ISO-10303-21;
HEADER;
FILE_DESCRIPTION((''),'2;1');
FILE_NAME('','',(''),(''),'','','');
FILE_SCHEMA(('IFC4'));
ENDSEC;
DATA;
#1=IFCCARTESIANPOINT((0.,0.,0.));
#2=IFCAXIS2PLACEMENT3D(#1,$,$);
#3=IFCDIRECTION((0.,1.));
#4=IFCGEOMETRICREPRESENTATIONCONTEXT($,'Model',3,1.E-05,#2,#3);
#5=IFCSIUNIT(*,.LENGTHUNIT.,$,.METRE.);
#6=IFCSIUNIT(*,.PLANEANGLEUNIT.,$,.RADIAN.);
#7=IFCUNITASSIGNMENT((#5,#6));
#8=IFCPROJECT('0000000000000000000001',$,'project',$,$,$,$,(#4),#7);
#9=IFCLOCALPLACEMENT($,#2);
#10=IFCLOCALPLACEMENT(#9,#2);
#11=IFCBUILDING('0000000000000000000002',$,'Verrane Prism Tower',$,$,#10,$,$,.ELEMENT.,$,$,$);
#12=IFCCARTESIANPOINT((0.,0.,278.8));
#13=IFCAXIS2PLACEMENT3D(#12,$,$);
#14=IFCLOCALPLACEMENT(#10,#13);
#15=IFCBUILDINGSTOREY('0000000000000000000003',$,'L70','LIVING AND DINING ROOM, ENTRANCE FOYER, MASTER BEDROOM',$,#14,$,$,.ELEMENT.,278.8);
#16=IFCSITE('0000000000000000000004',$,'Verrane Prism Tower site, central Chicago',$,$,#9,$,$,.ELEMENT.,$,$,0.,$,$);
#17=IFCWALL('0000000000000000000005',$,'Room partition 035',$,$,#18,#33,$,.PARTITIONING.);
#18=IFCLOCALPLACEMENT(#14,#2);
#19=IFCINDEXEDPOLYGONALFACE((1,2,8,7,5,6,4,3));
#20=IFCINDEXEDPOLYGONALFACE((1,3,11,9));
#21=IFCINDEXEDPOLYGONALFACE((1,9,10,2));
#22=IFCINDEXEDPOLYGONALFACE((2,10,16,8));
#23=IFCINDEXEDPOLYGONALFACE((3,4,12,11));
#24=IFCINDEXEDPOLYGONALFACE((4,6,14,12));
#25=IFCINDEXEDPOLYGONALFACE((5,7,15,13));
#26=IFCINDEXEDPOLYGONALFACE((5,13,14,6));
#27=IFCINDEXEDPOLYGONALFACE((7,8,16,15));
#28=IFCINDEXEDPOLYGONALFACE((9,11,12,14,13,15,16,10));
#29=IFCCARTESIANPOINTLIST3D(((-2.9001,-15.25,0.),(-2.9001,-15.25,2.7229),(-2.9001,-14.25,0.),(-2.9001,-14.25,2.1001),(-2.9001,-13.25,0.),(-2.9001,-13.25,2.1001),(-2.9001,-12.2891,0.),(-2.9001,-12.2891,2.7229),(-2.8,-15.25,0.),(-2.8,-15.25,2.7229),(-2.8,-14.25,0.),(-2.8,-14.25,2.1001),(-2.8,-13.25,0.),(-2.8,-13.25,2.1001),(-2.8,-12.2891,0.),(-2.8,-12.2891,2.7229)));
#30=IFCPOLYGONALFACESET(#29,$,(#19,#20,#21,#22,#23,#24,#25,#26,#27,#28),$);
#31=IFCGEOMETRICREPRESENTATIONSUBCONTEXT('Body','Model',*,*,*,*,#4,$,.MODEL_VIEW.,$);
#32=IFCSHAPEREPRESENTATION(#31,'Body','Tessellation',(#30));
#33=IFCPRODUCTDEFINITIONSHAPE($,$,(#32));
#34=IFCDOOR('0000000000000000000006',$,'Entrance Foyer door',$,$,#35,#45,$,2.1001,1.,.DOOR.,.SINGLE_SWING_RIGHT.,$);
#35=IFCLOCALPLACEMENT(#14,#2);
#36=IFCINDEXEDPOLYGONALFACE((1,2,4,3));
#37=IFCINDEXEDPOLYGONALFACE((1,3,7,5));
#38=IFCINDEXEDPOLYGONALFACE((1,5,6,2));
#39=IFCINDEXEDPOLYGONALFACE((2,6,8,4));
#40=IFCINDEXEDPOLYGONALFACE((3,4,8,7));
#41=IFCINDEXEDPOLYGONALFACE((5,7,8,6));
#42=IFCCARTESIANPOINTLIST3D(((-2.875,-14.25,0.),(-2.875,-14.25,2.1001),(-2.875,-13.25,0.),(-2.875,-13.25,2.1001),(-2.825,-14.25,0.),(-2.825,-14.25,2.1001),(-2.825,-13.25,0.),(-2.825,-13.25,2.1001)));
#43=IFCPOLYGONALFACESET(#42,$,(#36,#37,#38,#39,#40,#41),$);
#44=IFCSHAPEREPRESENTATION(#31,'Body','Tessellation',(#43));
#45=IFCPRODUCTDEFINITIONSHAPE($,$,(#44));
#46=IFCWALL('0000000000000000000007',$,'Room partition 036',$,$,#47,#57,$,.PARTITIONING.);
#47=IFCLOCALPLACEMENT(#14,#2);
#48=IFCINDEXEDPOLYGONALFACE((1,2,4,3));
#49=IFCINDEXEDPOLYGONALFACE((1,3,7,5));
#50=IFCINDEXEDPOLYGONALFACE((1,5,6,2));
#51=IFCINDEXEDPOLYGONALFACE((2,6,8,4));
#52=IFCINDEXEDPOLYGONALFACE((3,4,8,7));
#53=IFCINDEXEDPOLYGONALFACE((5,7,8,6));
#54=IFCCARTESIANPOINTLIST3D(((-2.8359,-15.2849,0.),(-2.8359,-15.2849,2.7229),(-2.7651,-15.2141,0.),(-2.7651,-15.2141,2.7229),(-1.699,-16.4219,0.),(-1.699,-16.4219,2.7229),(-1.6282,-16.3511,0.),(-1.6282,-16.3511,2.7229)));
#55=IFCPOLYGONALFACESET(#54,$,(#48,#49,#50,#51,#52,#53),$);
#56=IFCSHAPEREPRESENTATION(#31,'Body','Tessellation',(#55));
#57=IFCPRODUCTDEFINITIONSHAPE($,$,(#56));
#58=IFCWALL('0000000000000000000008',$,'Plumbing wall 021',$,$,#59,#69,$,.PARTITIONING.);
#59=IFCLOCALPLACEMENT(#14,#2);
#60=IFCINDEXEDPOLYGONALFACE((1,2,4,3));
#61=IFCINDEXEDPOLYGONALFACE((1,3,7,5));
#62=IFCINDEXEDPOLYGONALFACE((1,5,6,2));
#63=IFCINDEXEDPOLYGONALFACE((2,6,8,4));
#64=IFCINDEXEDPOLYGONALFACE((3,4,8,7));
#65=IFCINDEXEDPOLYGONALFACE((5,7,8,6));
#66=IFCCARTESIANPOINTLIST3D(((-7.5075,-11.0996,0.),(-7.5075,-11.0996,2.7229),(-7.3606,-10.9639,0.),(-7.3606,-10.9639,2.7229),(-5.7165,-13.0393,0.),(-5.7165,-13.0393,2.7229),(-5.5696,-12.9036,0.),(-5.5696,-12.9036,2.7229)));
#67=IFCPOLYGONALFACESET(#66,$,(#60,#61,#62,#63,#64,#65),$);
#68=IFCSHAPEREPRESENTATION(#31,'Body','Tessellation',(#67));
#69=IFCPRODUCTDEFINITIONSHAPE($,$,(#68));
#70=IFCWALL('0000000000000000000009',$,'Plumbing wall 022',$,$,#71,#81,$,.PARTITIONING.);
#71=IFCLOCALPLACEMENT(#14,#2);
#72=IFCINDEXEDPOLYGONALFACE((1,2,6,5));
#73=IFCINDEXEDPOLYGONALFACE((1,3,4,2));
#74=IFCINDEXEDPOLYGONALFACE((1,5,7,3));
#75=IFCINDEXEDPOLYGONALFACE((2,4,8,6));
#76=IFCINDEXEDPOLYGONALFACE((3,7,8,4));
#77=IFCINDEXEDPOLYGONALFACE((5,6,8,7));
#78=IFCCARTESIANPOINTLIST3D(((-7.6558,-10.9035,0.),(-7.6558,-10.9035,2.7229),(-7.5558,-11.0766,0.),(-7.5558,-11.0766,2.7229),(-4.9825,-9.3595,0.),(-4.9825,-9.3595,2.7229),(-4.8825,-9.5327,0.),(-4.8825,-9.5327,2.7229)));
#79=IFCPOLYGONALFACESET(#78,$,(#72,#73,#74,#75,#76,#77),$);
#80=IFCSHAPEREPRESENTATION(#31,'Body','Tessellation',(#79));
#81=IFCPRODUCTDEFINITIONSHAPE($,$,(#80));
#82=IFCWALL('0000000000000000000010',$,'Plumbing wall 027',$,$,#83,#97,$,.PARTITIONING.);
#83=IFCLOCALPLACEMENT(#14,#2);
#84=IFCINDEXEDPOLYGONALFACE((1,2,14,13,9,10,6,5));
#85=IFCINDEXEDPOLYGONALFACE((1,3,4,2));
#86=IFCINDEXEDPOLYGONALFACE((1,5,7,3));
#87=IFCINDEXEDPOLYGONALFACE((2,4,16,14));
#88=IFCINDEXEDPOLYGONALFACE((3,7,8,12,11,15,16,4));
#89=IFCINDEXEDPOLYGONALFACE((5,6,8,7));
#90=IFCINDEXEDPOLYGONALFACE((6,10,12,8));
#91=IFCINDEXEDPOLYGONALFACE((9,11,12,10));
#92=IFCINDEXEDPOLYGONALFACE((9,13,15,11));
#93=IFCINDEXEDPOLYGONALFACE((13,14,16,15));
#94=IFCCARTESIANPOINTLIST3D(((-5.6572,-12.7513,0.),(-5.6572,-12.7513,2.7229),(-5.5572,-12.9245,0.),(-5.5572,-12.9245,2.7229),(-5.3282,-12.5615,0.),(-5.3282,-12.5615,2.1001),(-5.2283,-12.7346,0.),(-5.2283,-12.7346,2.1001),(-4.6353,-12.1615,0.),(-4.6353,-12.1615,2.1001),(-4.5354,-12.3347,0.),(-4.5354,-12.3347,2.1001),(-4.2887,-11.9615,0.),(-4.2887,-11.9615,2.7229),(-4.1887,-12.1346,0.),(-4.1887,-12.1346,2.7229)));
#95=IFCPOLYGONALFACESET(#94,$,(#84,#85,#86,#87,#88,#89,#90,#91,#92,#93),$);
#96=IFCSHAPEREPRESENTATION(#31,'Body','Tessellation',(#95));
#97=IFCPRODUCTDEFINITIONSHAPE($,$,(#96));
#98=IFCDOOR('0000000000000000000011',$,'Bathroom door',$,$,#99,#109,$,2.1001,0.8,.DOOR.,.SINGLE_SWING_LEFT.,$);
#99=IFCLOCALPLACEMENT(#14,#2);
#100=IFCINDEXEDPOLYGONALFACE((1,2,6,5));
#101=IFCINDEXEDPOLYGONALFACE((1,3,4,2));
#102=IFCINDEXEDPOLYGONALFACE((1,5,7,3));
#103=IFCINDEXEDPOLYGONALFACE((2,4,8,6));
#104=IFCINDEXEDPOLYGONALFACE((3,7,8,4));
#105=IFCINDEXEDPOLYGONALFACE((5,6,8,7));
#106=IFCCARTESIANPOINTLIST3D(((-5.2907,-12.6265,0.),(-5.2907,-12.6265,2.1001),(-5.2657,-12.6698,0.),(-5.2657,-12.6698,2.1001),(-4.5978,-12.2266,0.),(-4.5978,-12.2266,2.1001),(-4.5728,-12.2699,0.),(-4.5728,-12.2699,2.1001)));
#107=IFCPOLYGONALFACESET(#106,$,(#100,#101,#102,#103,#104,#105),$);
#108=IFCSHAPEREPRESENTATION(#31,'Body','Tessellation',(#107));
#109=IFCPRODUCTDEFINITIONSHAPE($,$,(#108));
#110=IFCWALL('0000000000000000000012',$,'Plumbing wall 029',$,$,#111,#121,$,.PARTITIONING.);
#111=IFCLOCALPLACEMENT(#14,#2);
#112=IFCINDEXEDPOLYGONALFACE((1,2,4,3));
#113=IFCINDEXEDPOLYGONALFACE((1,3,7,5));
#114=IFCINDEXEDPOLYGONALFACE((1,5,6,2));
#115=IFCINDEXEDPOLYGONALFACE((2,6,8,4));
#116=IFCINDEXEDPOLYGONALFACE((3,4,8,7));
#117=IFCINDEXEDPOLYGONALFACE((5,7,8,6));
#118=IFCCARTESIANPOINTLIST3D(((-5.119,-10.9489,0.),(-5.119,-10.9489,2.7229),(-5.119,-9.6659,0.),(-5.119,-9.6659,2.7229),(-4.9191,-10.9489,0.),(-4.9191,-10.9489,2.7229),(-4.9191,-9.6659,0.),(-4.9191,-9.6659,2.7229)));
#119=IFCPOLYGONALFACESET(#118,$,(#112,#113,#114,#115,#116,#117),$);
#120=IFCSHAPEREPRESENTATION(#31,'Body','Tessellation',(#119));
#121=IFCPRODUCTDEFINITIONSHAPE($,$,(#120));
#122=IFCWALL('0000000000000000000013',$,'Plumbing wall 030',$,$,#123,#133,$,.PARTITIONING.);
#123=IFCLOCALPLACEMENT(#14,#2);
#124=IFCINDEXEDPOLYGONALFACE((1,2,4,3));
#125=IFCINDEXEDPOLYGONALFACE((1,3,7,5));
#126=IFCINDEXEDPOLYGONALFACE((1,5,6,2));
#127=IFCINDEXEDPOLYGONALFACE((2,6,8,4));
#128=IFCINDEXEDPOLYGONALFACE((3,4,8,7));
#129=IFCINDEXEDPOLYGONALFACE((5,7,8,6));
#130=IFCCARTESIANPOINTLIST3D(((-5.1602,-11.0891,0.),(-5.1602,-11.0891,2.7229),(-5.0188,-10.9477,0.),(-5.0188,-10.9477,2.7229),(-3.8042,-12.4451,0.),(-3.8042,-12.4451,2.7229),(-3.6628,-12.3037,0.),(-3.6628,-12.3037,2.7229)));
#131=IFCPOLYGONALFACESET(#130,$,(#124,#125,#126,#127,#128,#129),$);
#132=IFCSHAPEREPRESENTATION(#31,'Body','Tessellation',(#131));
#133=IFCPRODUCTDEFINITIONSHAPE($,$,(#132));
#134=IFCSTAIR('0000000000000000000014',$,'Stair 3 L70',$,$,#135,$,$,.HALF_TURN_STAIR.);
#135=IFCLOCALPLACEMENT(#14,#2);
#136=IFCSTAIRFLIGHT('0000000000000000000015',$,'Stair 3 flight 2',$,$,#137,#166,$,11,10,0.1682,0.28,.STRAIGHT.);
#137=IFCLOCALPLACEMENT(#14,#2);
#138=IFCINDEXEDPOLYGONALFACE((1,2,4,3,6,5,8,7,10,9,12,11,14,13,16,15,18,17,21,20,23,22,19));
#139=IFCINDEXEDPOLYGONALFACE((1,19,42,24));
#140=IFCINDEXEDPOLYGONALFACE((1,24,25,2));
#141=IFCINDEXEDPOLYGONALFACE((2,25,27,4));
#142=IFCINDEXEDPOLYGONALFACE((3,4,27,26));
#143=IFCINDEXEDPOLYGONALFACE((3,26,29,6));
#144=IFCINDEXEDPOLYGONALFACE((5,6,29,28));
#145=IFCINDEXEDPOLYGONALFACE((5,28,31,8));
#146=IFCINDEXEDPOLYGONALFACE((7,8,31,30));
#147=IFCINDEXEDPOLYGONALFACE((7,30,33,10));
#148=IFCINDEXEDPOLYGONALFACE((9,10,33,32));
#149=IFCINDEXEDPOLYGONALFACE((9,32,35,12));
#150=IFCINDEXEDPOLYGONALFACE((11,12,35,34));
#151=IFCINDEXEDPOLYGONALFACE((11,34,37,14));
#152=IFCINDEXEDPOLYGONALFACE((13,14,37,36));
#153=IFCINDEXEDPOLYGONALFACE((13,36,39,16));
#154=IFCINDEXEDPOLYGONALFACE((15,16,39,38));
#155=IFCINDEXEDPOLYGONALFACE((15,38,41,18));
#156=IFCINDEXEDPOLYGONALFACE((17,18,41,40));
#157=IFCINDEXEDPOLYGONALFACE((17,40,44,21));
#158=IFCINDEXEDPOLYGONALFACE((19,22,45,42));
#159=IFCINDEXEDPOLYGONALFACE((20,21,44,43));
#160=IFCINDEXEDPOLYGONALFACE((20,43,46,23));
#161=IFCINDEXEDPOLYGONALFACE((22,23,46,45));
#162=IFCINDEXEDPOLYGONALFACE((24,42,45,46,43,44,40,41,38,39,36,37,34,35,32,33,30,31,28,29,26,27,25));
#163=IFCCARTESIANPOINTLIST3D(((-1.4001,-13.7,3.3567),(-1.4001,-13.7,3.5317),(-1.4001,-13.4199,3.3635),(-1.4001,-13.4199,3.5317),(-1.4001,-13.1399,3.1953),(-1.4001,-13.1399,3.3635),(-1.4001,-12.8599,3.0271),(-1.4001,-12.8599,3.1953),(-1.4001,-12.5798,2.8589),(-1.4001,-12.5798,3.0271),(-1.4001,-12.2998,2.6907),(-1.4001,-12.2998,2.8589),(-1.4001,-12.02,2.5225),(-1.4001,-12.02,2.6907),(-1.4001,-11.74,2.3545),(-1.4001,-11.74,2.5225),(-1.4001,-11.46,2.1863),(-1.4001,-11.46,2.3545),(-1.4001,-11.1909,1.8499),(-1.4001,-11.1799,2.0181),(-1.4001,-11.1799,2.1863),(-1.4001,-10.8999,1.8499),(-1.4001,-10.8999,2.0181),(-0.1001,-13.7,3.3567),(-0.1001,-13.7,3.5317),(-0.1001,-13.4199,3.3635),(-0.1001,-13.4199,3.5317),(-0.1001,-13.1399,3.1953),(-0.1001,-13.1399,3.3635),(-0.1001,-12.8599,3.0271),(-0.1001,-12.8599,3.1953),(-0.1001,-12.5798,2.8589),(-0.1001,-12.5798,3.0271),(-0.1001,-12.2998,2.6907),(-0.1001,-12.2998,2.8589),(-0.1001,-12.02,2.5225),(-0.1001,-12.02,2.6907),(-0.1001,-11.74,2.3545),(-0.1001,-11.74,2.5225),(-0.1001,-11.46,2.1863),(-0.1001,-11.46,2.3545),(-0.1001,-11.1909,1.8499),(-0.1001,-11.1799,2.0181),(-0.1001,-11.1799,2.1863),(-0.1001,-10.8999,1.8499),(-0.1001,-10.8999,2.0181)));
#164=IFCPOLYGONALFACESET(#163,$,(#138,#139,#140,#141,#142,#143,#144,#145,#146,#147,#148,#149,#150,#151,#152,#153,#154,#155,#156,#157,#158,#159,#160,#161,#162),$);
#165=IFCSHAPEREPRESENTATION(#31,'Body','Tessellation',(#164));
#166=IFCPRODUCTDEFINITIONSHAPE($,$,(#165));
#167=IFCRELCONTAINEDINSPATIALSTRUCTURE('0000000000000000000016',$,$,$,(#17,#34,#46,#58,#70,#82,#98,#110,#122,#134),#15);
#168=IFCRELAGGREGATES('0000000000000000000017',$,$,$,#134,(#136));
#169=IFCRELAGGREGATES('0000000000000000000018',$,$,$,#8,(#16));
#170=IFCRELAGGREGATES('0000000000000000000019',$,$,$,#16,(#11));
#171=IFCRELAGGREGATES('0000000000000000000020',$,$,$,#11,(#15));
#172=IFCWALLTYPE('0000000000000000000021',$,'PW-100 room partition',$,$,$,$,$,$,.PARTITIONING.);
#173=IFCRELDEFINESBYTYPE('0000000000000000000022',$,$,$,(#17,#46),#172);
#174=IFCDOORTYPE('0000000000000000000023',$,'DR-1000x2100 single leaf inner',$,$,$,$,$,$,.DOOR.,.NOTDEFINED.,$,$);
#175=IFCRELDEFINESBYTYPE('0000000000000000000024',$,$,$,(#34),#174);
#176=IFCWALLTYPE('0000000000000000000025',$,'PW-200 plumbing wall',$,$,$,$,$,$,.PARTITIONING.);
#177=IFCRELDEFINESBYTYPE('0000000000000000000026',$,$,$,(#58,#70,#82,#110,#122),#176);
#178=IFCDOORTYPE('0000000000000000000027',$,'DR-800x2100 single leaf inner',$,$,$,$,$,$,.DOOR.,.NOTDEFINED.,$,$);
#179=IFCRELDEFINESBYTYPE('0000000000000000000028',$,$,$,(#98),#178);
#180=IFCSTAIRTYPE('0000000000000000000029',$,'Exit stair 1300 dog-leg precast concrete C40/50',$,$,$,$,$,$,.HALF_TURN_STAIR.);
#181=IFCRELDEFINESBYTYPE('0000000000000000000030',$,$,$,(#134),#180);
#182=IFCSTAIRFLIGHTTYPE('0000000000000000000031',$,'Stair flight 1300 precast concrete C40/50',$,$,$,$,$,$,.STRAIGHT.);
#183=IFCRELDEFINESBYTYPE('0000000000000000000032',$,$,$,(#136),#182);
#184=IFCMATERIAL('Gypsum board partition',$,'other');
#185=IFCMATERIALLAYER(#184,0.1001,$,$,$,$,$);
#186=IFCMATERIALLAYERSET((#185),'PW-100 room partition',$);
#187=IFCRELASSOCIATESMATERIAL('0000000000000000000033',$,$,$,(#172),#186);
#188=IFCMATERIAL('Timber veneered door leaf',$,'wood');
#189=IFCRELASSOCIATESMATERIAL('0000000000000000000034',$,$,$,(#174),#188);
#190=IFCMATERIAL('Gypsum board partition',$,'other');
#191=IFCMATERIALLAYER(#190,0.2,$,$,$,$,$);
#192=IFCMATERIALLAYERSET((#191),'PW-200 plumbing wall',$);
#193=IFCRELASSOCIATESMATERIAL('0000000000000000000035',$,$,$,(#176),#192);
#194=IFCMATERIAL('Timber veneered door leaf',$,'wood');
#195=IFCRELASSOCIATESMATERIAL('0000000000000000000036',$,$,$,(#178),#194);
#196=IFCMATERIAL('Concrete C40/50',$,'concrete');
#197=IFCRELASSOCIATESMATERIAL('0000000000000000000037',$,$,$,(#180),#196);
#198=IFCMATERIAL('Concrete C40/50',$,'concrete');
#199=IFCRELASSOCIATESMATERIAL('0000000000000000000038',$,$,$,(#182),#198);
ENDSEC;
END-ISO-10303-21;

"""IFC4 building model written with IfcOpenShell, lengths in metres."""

from ifc_helpers import new_model, si_unit, direction, frame, frame_2d, origin, place, context, subcontext, project, spatial, polyline, rectangle, outline, extrude, material, layer, layer_set, type_object, element, fill, aggregate, save


model = new_model("IFC4")

# Units and contexts
model_context = context("Model", 3, precision=1e-05, world=origin(), true_north=direction((0.0, 1.0)))
body_context = subcontext(model_context, "Body", "Model", "MODEL_VIEW")
ifc_project = project(units=[si_unit("LENGTHUNIT", "METRE"), si_unit("PLANEANGLEUNIT", "RADIAN")], contexts=[model_context])

# Site, building, storey
site_placement = place(None, origin())
site = spatial("IfcSite", under=ifc_project, at=site_placement, Name="Verrane Prism Tower site, central Chicago", CompositionType="ELEMENT", RefElevation=0.0)
building_placement = place(site_placement, origin())
building = spatial("IfcBuilding", under=site, at=building_placement, Name="Verrane Prism Tower", CompositionType="ELEMENT")
storey_placement = place(building_placement, frame((0.0, 0.0, 278.8)))
storey = spatial("IfcBuildingStorey", under=building, at=storey_placement, Name="L70", Description="LIVING AND DINING ROOM, ENTRANCE FOYER, MASTER BEDROOM", CompositionType="ELEMENT", Elevation=278.8)

# Shared definitions
ifc_material_1 = material(Name="Gypsum board partition", Category="other")
ifc_layer_1 = layer(ifc_material_1, 0.1001)
ifc_layer_set_1 = layer_set([ifc_layer_1], Name="PW-100 room partition")
wall_type_1 = type_object("IfcWallType", Name="PW-100 room partition", PredefinedType="PARTITIONING", material=ifc_layer_set_1)

# Wall, opening, door
wall_1_placement = place(storey_placement, frame((-2.8501, -15.25, 0.0), z_axis=(0.0, 0.0, 1.0), x_axis=(0.0, 1.0, 0.0)))
wall_1 = element("IfcWall", 1, at=wall_1_placement, inside=storey, type_object=wall_type_1, Name="Room partition 035", PredefinedType="PARTITIONING", context=body_context, shape_type="SweptSolid", body=[
    extrude(rectangle(XDim=2.9609, YDim=0.1001, at=frame_2d((1.4805, 0.0))), origin(), (0.0, 0.0, 1.0), 2.7229),
])
opening_1_placement = place(wall_1_placement, frame((1.0, 0.0, 0.0)))
opening_1 = element("IfcOpeningElement", 2, at=opening_1_placement, cuts=wall_1, PredefinedType="OPENING", context=body_context, shape_type="SweptSolid", body=[
    extrude(rectangle(XDim=1.0, YDim=2.1001, at=frame_2d((0.5, 1.05))), frame((0.0, 0.0601, 0.0), z_axis=(0.0, -1.0, 0.0), x_axis=(1.0, 0.0, 0.0)), (0.0, 0.0, 1.0), 0.1201),
])
ifc_material_2 = material(Name="Timber veneered door leaf", Category="wood")
door_type_1 = type_object("IfcDoorType", Name="DR-1000x2100 single leaf inner", OperationType="NOTDEFINED", PredefinedType="DOOR", material=ifc_material_2)
door_1_placement = place(opening_1_placement, origin())
door_1 = element("IfcDoor", 3, at=door_1_placement, inside=storey, type_object=door_type_1, Name="Entrance Foyer door", OperationType="SINGLE_SWING_RIGHT", OverallHeight=2.1001, OverallWidth=1.0, PredefinedType="DOOR", context=body_context, shape_type="SweptSolid", body=[
    extrude(rectangle(XDim=1.0, YDim=2.1001, at=frame_2d((0.5, 1.05))), frame((0.0, 0.0249, 0.0), z_axis=(0.0, -1.0, 0.0), x_axis=(1.0, 0.0, 0.0)), (0.0, 0.0, 1.0), 0.05),
])
fill(opening_1, door_1)

# Walls
wall_2_placement = place(storey_placement, frame((-2.8005, -15.2495, 0.0), z_axis=(0.0, 0.0, 1.0), x_axis=(0.707107, -0.707107, 0.0)))
element("IfcWall", 4, at=wall_2_placement, inside=storey, type_object=wall_type_1, Name="Room partition 036", PredefinedType="PARTITIONING", context=body_context, shape_type="SweptSolid", body=[
    extrude(rectangle(XDim=1.6079, YDim=0.1001, at=frame_2d((0.804, 0.0))), origin(), (0.0, 0.0, 1.0), 2.7229),
])
ifc_material_3 = material(Name="Gypsum board partition", Category="other")
ifc_layer_2 = layer(ifc_material_3, 0.2)
ifc_layer_set_2 = layer_set([ifc_layer_2], Name="PW-200 plumbing wall")
wall_type_2 = type_object("IfcWallType", Name="PW-200 plumbing wall", PredefinedType="PARTITIONING", material=ifc_layer_set_2)
wall_3_placement = place(storey_placement, frame((-7.4341, -11.0317, 0.0), z_axis=(0.0, 0.0, 1.0), x_axis=(0.678388, -0.734704, 0.0)))
element("IfcWall", 5, at=wall_3_placement, inside=storey, type_object=wall_type_2, Name="Plumbing wall 021", PredefinedType="PARTITIONING", context=body_context, shape_type="SweptSolid", body=[
    extrude(rectangle(XDim=2.6401, YDim=0.2, at=frame_2d((1.3201, 0.0))), origin(), (0.0, 0.0, 1.0), 2.7229),
])
wall_4_placement = place(storey_placement, frame((-7.6057, -10.99, 0.0), z_axis=(0.0, 0.0, 1.0), x_axis=(0.865956, 0.500119, 0.0)))
element("IfcWall", 6, at=wall_4_placement, inside=storey, type_object=wall_type_2, Name="Plumbing wall 022", PredefinedType="PARTITIONING", context=body_context, shape_type="SweptSolid", body=[
    extrude(rectangle(XDim=3.0872, YDim=0.2, at=frame_2d((1.5435, 0.0))), origin(), (0.0, 0.0, 1.0), 2.7229),
])

# Wall, opening, door
wall_5_placement = place(storey_placement, frame((-5.6072, -12.8379, 0.0), z_axis=(0.0, 0.0, 1.0), x_axis=(0.866096, 0.499879, 0.0)))
wall_5 = element("IfcWall", 7, at=wall_5_placement, inside=storey, type_object=wall_type_2, Name="Plumbing wall 027", PredefinedType="PARTITIONING", context=body_context, shape_type="SweptSolid", body=[
    extrude(rectangle(XDim=1.5801, YDim=0.2, at=frame_2d((0.79, 0.0))), origin(), (0.0, 0.0, 1.0), 2.7229),
])
opening_2_placement = place(wall_5_placement, frame((0.3799, 0.0, 0.0)))
opening_2 = element("IfcOpeningElement", 8, at=opening_2_placement, cuts=wall_5, PredefinedType="OPENING", context=body_context, shape_type="SweptSolid", body=[
    extrude(rectangle(XDim=0.8, YDim=2.1001, at=frame_2d((0.3999, 1.05))), frame((0.0, 0.1099, 0.0), z_axis=(0.0, -1.0, 0.0), x_axis=(1.0, 0.0, 0.0)), (0.0, 0.0, 1.0), 0.22),
])
ifc_material_4 = material(Name="Timber veneered door leaf", Category="wood")
door_type_2 = type_object("IfcDoorType", Name="DR-800x2100 single leaf inner", OperationType="NOTDEFINED", PredefinedType="DOOR", material=ifc_material_4)
door_2_placement = place(opening_2_placement, origin())
door_2 = element("IfcDoor", 9, at=door_2_placement, inside=storey, type_object=door_type_2, Name="Bathroom door", OperationType="SINGLE_SWING_LEFT", OverallHeight=2.1001, OverallWidth=0.8, PredefinedType="DOOR", context=body_context, shape_type="SweptSolid", body=[
    extrude(rectangle(XDim=0.8, YDim=2.1001, at=frame_2d((0.3999, 1.05))), frame((0.0, 0.0249, 0.0), z_axis=(0.0, -1.0, 0.0), x_axis=(1.0, 0.0, 0.0)), (0.0, 0.0, 1.0), 0.05),
])
fill(opening_2, door_2)

# Walls
wall_6_placement = place(storey_placement, frame((-5.019, -10.949, 0.0), z_axis=(0.0, 0.0, 1.0), x_axis=(0.0, 1.0, 0.0)))
element("IfcWall", 10, at=wall_6_placement, inside=storey, type_object=wall_type_2, Name="Plumbing wall 029", PredefinedType="PARTITIONING", context=body_context, shape_type="SweptSolid", body=[
    extrude(rectangle(XDim=1.283, YDim=0.2, at=frame_2d((0.6416, 0.0))), origin(), (0.0, 0.0, 1.0), 2.7229),
])
wall_7_placement = place(storey_placement, frame((-5.0896, -11.0183, 0.0), z_axis=(0.0, 0.0, 1.0), x_axis=(0.707107, -0.707107, 0.0)))
element("IfcWall", 11, at=wall_7_placement, inside=storey, type_object=wall_type_2, Name="Plumbing wall 030", PredefinedType="PARTITIONING", context=body_context, shape_type="SweptSolid", body=[
    extrude(rectangle(XDim=1.9177, YDim=0.2, at=frame_2d((0.959, 0.0))), origin(), (0.0, 0.0, 1.0), 2.7229),
])

# Stair, stair flight
ifc_material_5 = material(Name="Concrete C40/50", Category="concrete")
stair_type = type_object("IfcStairType", Name="Exit stair 1300 dog-leg precast concrete C40/50", PredefinedType="HALF_TURN_STAIR", material=ifc_material_5)
stair_placement = place(storey_placement, origin())
stair = element("IfcStair", 12, at=stair_placement, inside=storey, type_object=stair_type, Name="Stair 3 L70", PredefinedType="HALF_TURN_STAIR")
ifc_material_6 = material(Name="Concrete C40/50", Category="concrete")
stair_flight_type = type_object("IfcStairFlightType", Name="Stair flight 1300 precast concrete C40/50", PredefinedType="STRAIGHT", material=ifc_material_6)
stair_flight_placement = place(storey_placement, frame((-0.75, -10.8999, 1.8499), z_axis=(0.0, 0.0, 1.0), x_axis=(0.0, -1.0, 0.0)))
stair_flight = element("IfcStairFlight", 13, at=stair_flight_placement, type_object=stair_flight_type, Name="Stair 3 flight 2", NumberOfRisers=11, NumberOfTreads=10, PredefinedType="STRAIGHT", RiserHeight=0.1682, TreadLength=0.28, context=body_context, shape_type="SweptSolid", body=[
    extrude(outline(polyline([(0.0, 0.0), (0.0, 0.1682), (0.28, 0.1682), (0.28, 0.3364), (0.5601, 0.3364), (0.5601, 0.5046), (0.8401, 0.5046), (0.8401, 0.6726), (1.1201, 0.6726), (1.1201, 0.8408), (1.3999, 0.8408), (1.3999, 1.009), (1.6799, 1.009), (1.6799, 1.1772), (1.96, 1.1772), (1.96, 1.3455), (2.24, 1.3455), (2.24, 1.5137), (2.52, 1.5137), (2.52, 1.6819), (2.8, 1.6819), (2.8, 1.8501), (2.8, 1.5068), (0.291, 0.0), (0.0, 0.0)])), frame((0.0, 0.6499, 0.0), z_axis=(0.0, -1.0, 0.0), x_axis=(1.0, 0.0, 0.0)), (0.0, 0.0, 1.0), 1.3),
])
aggregate(stair, [stair_flight])

save(model, "model.ifc")
